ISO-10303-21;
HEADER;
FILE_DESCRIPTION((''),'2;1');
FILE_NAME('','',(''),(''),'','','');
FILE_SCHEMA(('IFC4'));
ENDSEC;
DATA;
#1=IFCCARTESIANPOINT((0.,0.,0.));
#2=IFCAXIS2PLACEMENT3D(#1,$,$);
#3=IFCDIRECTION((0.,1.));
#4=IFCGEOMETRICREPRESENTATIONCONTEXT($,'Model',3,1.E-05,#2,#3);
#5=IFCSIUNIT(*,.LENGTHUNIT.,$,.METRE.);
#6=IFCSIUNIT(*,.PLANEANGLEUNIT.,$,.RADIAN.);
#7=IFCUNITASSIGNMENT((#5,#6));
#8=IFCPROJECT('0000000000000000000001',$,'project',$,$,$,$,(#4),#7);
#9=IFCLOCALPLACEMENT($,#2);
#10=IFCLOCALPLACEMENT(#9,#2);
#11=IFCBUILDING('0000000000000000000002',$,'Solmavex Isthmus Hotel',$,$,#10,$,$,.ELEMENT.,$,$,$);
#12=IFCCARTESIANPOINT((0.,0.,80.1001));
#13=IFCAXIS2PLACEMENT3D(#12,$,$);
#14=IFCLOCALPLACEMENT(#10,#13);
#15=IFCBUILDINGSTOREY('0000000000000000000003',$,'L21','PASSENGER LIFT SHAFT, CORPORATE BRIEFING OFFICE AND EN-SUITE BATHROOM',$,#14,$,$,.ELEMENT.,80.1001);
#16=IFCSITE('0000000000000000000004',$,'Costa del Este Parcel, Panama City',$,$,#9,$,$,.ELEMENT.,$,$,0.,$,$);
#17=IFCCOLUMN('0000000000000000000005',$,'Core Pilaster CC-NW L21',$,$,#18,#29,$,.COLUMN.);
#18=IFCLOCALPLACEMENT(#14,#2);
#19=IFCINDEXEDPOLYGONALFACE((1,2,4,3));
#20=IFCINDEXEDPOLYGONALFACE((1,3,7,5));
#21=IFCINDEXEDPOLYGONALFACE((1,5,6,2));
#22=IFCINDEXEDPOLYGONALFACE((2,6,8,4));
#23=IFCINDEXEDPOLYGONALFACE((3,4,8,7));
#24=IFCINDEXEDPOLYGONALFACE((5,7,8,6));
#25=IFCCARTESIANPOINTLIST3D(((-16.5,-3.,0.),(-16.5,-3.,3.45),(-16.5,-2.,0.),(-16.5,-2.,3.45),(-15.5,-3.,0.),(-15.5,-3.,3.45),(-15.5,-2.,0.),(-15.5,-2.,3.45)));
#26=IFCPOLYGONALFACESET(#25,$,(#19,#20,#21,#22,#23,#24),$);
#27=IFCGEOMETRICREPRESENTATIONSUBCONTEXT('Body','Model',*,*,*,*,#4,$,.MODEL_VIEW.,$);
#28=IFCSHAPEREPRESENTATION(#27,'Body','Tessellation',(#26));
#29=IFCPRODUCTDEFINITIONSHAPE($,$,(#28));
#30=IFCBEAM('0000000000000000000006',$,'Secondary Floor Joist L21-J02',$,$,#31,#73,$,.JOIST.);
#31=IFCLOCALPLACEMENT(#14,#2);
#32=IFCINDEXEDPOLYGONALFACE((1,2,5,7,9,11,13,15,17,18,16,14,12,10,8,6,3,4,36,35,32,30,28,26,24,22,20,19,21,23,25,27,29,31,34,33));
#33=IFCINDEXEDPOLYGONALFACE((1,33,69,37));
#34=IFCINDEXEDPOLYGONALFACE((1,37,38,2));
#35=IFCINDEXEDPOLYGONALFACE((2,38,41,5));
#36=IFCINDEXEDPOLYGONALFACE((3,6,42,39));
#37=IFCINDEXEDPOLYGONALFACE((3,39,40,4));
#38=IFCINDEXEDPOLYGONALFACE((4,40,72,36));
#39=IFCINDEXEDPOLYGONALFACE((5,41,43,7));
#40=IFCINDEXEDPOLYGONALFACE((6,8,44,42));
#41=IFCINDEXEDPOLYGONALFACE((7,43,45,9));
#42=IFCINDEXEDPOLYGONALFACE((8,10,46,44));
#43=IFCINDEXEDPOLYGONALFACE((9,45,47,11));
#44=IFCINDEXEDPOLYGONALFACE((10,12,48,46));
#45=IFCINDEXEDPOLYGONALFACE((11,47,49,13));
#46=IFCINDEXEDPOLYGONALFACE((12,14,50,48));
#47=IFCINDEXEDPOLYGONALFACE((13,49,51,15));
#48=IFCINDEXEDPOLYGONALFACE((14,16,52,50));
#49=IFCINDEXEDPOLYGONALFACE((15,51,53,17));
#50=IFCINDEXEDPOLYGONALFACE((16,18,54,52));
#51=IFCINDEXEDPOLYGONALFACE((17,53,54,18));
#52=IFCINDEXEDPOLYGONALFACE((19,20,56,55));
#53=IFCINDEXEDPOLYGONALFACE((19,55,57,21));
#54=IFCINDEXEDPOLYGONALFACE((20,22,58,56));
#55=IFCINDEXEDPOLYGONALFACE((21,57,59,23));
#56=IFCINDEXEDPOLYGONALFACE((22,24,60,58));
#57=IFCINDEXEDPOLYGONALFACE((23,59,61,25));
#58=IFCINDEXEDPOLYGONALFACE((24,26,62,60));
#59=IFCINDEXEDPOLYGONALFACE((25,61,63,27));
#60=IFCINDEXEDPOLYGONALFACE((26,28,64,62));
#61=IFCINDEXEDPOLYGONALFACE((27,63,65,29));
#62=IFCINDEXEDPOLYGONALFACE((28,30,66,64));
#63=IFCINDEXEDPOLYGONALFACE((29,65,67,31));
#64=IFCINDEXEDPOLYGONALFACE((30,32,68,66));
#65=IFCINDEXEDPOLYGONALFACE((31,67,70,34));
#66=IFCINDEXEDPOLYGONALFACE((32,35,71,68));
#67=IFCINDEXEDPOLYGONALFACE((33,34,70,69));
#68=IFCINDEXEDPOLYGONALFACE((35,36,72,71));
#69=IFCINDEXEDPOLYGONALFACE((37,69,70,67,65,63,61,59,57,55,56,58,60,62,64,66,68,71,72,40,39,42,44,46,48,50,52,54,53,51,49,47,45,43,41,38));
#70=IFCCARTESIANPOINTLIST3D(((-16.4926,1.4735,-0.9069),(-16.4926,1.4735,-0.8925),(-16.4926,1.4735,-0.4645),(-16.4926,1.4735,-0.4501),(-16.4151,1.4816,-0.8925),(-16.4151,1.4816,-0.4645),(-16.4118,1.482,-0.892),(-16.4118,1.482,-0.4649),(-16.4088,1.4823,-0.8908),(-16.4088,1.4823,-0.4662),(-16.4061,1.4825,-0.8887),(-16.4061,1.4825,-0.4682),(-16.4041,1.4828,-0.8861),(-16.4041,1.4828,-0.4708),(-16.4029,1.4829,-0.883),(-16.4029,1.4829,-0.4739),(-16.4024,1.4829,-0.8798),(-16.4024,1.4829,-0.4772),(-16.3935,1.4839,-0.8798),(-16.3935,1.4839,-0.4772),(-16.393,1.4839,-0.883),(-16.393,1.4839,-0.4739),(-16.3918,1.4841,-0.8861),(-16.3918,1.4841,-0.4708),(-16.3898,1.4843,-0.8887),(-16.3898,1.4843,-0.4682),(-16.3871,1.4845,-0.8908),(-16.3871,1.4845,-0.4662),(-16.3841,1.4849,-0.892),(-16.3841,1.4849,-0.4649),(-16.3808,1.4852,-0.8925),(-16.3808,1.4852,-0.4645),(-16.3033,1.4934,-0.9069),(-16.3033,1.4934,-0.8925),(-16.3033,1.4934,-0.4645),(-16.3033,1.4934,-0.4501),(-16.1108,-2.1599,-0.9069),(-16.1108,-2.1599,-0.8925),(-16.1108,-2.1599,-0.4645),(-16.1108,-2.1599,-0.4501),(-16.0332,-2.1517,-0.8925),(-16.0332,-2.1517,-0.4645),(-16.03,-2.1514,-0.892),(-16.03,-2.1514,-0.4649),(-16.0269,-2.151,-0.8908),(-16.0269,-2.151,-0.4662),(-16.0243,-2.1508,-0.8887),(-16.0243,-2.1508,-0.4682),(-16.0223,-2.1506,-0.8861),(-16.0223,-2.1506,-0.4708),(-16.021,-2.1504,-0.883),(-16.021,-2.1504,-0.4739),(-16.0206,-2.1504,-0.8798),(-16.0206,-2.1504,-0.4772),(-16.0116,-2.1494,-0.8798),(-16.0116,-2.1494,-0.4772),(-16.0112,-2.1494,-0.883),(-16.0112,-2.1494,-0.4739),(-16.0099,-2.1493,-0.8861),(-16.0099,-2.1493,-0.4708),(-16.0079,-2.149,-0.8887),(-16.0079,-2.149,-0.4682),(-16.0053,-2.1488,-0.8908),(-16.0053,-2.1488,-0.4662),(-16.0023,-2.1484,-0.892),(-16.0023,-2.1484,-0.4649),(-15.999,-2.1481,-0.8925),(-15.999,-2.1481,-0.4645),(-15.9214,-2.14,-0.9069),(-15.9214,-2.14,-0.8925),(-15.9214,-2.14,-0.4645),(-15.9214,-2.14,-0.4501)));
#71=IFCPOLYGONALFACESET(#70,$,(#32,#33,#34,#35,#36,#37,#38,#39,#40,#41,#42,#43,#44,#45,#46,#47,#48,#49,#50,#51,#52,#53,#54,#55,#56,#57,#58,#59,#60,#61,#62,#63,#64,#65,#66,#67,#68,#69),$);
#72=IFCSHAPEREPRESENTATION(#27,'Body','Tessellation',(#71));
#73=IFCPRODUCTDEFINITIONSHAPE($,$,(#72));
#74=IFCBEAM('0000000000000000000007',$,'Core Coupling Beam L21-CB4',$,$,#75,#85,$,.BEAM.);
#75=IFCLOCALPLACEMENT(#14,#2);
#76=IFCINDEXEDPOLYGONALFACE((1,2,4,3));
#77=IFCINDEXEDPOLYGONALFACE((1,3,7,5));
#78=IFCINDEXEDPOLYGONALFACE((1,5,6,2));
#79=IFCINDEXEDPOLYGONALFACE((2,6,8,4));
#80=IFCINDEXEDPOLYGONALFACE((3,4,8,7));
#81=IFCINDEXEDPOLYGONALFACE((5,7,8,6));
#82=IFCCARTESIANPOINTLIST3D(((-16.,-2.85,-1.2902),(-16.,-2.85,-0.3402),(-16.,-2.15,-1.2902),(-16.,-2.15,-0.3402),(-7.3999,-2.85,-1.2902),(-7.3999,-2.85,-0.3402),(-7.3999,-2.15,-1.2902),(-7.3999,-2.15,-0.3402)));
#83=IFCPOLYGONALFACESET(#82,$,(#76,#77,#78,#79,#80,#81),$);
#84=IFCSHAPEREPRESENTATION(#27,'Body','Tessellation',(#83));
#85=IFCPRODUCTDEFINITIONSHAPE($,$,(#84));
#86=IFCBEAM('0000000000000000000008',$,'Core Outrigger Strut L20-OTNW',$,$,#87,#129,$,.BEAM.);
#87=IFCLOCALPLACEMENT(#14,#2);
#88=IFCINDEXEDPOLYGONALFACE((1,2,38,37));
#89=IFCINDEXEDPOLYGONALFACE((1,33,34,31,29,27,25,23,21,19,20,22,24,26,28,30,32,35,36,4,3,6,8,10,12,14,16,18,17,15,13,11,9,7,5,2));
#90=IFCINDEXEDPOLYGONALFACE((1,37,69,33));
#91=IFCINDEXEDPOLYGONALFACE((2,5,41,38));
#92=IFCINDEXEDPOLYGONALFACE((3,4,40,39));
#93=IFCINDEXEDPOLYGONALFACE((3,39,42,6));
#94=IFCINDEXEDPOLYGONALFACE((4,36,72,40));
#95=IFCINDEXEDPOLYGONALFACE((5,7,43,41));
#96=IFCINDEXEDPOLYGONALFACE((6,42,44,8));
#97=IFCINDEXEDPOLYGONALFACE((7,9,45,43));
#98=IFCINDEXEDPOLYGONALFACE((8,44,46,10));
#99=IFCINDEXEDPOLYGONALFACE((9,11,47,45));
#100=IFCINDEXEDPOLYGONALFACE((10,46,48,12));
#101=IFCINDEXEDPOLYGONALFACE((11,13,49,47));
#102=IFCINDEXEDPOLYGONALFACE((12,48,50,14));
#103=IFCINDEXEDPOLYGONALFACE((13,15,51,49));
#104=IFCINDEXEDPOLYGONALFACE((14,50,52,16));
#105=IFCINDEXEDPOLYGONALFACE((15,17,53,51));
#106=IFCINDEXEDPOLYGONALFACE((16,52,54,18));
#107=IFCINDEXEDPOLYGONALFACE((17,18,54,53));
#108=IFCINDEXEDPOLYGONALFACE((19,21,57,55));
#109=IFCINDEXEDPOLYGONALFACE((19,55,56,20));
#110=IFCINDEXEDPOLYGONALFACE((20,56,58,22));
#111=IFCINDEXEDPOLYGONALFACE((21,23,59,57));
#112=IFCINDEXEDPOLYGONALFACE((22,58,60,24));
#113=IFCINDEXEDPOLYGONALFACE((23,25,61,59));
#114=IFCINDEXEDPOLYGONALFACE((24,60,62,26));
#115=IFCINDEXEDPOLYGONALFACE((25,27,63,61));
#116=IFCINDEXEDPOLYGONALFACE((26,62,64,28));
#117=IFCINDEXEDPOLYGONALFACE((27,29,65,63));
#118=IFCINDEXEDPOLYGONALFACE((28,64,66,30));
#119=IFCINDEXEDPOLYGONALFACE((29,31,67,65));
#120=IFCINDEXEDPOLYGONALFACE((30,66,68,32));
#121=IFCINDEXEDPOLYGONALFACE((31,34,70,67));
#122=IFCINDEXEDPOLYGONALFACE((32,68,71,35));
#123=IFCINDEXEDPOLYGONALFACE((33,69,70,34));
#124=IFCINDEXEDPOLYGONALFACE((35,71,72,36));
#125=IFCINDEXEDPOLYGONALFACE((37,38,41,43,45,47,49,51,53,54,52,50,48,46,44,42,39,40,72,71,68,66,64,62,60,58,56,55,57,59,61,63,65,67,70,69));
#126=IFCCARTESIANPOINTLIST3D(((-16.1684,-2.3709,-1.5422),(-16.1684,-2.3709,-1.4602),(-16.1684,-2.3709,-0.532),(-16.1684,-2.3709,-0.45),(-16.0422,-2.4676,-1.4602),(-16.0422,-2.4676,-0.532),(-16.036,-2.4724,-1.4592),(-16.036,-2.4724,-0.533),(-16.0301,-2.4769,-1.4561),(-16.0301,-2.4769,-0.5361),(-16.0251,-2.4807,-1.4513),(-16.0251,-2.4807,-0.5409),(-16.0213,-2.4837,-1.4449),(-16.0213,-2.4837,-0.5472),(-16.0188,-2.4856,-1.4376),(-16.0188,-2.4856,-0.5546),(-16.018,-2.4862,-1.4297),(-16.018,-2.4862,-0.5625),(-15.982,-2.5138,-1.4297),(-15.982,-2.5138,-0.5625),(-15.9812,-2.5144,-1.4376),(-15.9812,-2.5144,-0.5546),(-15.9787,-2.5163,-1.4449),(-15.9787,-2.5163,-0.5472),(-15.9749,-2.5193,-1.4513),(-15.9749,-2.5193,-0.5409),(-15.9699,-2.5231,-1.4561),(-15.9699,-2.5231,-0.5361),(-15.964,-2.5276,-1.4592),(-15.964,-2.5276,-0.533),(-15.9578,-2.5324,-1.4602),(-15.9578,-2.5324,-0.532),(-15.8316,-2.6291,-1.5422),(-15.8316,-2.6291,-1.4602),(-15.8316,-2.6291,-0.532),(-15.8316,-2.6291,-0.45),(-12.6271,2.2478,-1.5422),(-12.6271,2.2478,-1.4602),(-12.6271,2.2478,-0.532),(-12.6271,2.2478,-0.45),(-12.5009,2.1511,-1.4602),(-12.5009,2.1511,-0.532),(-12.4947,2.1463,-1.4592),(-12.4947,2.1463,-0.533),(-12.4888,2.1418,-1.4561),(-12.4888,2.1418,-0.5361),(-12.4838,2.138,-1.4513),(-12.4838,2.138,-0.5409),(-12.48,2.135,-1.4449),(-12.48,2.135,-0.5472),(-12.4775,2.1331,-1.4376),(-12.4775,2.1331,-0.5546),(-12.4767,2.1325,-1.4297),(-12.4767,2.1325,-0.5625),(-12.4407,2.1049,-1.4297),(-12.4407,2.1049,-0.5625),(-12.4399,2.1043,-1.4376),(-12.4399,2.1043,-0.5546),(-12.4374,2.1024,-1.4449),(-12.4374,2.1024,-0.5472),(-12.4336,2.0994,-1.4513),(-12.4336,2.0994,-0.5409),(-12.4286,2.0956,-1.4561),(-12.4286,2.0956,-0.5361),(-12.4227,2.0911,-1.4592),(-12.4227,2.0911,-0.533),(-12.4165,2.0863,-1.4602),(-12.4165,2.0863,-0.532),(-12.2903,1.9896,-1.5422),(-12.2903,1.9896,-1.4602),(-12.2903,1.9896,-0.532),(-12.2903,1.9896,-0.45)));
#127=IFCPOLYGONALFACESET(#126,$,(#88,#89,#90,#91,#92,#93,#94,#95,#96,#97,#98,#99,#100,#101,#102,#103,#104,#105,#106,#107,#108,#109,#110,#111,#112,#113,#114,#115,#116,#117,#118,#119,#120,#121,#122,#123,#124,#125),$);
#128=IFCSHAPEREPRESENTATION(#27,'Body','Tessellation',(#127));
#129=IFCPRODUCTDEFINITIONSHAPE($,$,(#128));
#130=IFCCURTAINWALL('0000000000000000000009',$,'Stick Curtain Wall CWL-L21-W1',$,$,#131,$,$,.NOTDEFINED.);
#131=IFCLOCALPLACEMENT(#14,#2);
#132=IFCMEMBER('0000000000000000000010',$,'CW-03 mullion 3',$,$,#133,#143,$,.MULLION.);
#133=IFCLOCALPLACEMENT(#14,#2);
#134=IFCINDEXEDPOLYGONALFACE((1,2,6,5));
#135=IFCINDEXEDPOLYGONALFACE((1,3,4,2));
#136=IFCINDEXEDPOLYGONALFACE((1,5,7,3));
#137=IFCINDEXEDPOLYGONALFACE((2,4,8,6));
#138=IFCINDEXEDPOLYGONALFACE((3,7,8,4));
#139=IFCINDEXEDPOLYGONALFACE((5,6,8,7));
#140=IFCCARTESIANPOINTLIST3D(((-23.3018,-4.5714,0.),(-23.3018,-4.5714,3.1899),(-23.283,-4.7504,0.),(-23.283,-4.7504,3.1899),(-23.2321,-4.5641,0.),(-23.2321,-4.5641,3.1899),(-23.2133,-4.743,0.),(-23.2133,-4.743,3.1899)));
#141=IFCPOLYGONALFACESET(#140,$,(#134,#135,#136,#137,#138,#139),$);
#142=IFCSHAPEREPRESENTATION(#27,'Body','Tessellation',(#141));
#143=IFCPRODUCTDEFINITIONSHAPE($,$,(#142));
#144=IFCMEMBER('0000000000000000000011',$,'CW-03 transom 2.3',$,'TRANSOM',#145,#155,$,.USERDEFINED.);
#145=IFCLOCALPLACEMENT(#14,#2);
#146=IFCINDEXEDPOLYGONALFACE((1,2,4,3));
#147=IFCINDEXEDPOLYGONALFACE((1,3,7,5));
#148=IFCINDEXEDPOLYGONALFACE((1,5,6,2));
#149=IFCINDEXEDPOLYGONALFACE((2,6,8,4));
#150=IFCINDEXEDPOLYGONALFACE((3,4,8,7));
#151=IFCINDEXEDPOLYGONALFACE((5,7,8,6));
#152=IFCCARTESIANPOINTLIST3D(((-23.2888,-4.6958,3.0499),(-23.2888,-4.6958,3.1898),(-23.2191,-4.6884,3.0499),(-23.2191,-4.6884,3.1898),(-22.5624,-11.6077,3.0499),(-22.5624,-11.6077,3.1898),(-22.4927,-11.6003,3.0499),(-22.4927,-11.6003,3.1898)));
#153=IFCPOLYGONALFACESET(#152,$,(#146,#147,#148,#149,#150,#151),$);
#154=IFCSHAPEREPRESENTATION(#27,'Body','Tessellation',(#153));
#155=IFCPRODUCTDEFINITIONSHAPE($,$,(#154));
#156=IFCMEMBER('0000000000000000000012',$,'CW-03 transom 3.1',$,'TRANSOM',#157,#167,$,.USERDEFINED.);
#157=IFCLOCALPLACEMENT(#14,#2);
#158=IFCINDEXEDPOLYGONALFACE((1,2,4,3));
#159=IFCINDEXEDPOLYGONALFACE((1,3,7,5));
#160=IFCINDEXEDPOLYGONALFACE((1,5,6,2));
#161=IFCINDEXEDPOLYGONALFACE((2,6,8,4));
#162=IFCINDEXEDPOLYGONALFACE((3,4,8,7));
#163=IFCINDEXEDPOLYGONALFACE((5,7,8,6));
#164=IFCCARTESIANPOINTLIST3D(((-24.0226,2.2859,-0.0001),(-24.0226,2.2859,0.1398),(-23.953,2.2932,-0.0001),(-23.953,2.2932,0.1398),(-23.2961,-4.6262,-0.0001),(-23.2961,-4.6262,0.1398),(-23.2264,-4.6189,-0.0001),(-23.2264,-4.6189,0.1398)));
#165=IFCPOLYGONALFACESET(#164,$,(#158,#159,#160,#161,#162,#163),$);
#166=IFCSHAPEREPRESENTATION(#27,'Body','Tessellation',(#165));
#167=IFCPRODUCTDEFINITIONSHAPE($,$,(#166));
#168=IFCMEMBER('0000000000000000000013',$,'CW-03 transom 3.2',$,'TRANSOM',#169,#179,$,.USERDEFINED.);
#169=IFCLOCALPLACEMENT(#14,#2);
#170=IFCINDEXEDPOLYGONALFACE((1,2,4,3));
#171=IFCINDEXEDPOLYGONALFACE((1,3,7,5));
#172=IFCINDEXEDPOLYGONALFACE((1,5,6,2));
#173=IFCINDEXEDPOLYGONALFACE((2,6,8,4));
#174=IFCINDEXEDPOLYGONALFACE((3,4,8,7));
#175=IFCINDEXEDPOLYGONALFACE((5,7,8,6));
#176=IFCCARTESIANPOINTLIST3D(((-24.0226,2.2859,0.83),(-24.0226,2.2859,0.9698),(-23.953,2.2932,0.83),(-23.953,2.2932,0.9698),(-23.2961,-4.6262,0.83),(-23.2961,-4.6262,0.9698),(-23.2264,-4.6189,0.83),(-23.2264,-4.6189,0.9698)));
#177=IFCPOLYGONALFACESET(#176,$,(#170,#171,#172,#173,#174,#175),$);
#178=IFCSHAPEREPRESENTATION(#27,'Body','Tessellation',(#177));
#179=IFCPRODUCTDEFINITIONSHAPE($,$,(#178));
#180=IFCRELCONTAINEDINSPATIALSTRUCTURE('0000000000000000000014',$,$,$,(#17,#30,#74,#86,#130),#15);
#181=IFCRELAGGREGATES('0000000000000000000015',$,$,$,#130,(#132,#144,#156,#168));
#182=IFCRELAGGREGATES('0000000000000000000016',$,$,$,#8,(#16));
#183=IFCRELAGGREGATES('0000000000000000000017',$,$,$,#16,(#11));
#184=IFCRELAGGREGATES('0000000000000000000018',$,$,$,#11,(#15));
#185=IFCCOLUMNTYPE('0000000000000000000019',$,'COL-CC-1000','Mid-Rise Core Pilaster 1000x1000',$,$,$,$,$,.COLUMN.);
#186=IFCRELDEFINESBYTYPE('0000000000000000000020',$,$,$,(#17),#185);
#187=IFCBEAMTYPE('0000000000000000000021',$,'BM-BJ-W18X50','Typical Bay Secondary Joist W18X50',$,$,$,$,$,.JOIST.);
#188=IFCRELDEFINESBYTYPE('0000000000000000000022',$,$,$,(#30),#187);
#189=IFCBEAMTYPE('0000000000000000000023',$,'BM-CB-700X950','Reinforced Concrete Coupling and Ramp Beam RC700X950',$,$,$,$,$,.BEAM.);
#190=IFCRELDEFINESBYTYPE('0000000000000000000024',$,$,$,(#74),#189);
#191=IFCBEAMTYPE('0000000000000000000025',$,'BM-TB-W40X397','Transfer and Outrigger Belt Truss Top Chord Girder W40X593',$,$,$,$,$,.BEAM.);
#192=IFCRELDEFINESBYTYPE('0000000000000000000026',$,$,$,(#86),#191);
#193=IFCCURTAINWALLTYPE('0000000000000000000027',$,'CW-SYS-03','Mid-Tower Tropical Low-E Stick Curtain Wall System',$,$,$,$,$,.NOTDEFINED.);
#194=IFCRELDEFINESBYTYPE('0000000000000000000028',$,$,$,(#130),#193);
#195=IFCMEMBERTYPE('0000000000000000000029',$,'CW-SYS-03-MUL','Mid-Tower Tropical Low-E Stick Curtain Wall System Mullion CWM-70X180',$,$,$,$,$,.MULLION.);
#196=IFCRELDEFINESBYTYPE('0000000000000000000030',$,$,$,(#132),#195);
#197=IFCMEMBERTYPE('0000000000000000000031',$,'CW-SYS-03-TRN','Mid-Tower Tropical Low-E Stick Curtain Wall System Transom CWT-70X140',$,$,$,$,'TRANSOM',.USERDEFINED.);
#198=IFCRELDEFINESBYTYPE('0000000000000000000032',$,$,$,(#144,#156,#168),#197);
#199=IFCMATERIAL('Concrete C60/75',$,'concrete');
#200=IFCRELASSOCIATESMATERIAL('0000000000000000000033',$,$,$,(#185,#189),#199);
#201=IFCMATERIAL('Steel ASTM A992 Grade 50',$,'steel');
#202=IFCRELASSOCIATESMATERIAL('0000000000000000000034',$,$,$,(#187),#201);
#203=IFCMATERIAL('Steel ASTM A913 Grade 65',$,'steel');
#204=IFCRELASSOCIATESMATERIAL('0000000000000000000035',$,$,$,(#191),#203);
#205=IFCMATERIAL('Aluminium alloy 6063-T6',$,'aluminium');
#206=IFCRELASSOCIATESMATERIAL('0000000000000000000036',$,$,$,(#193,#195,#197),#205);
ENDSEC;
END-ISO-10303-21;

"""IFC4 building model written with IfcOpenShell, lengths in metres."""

from ifc_helpers import new_model, si_unit, direction, frame, origin, origin_2d, place, context, subcontext, project, spatial, rectangle, i_section, extrude, material, material_profile, profile_set, type_object, element, aggregate, save


model = new_model("IFC4")

# Units and contexts
model_context = context("Model", 3, precision=1e-05, world=origin(), true_north=direction((0.0, 1.0)))
body_context = subcontext(model_context, "Body", "Model", "MODEL_VIEW")
ifc_project = project(units=[si_unit("LENGTHUNIT", "METRE"), si_unit("PLANEANGLEUNIT", "RADIAN")], contexts=[model_context])

# Site, building, storey
site_placement = place(None, origin())
site = spatial("IfcSite", under=ifc_project, at=site_placement, Name="Costa del Este Parcel, Panama City", CompositionType="ELEMENT", RefElevation=0.0)
building_placement = place(site_placement, origin())
building = spatial("IfcBuilding", under=site, at=building_placement, Name="Solmavex Isthmus Hotel", CompositionType="ELEMENT")
storey_placement = place(building_placement, frame((0.0, 0.0, 80.1001)))
storey = spatial("IfcBuildingStorey", under=building, at=storey_placement, Name="L21", Description="PASSENGER LIFT SHAFT, CORPORATE BRIEFING OFFICE AND EN-SUITE BATHROOM", CompositionType="ELEMENT", Elevation=80.1001)

# Column
ifc_material_1 = material(Name="Concrete C60/75", Category="concrete")
ifc_material_profile_1 = material_profile(ifc_material_1, rectangle(XDim=1.0, YDim=1.0, at=origin_2d()), Name="RC1000X1000")
ifc_profile_set_1 = profile_set([ifc_material_profile_1], Name="Concrete C60/75")
column_type = type_object("IfcColumnType", Name="COL-CC-1000", Description="Mid-Rise Core Pilaster 1000x1000", PredefinedType="COLUMN", material=ifc_profile_set_1)
column_placement = place(storey_placement, frame((-16.0, -2.5, 0.0), z_axis=(0.0, 0.0, 1.0), x_axis=(1.0, 0.0, 0.0)))
element("IfcColumn", 1, at=column_placement, inside=storey, type_object=column_type, Name="Core Pilaster CC-NW L21", PredefinedType="COLUMN", context=body_context, shape_type="SweptSolid", body=[
    extrude(rectangle(XDim=1.0, YDim=1.0, at=origin_2d()), origin(), (0.0, 0.0, 1.0), 3.45),
])

# Beams
ifc_material_2 = material(Name="Steel ASTM A992 Grade 50", Category="steel")
ifc_material_profile_2 = material_profile(ifc_material_2, i_section(OverallWidth=0.1904, OverallDepth=0.4568, WebThickness=0.009, FlangeThickness=0.0144, FilletRadius=0.0127, at=origin_2d()), Name="W18X50")
ifc_profile_set_2 = profile_set([ifc_material_profile_2], Name="Steel ASTM A992 Grade 50")
beam_type_1 = type_object("IfcBeamType", Name="BM-BJ-W18X50", Description="Typical Bay Secondary Joist W18X50", PredefinedType="JOIST", material=ifc_profile_set_2)
beam_1_placement = place(storey_placement, frame((-16.0161, -2.1499, -0.6785), z_axis=(-0.104518, 0.994523, 0.0), x_axis=(-0.994523, -0.104518, 0.0)))
element("IfcBeam", 2, at=beam_1_placement, inside=storey, type_object=beam_type_1, Name="Secondary Floor Joist L21-J02", PredefinedType="JOIST", context=body_context, shape_type="SweptSolid", body=[
    extrude(i_section(OverallWidth=0.1904, OverallDepth=0.4568, WebThickness=0.009, FlangeThickness=0.0144, FilletRadius=0.0127, at=origin_2d()), origin(), (0.0, 0.0, 1.0), 3.6533),
])
ifc_material_profile_3 = material_profile(ifc_material_1, rectangle(XDim=0.7, YDim=0.95, at=origin_2d()), Name="RC700X950")
ifc_profile_set_3 = profile_set([ifc_material_profile_3], Name="Concrete C60/75")
beam_type_2 = type_object("IfcBeamType", Name="BM-CB-700X950", Description="Reinforced Concrete Coupling and Ramp Beam RC700X950", PredefinedType="BEAM", material=ifc_profile_set_3)
beam_2_placement = place(storey_placement, frame((-16.0, -2.5, -0.8152), z_axis=(1.0, 0.0, 0.0), x_axis=(0.0, 1.0, 0.0)))
element("IfcBeam", 3, at=beam_2_placement, inside=storey, type_object=beam_type_2, Name="Core Coupling Beam L21-CB4", PredefinedType="BEAM", context=body_context, shape_type="SweptSolid", body=[
    extrude(rectangle(XDim=0.7, YDim=0.95, at=origin_2d()), origin(), (0.0, 0.0, 1.0), 8.6001),
])
ifc_material_3 = material(Name="Steel ASTM A913 Grade 65", Category="steel")
ifc_material_profile_4 = material_profile(ifc_material_3, i_section(OverallWidth=0.4243, OverallDepth=1.0923, WebThickness=0.0454, FlangeThickness=0.082, FilletRadius=0.0305, at=origin_2d()), Name="W40X593")
ifc_profile_set_4 = profile_set([ifc_material_profile_4], Name="Steel ASTM A913 Grade 65")
beam_type_3 = type_object("IfcBeamType", Name="BM-TB-W40X397", Description="Transfer and Outrigger Belt Truss Top Chord Girder W40X593", PredefinedType="BEAM", material=ifc_profile_set_4)
beam_3_placement = place(storey_placement, frame((-16.0, -2.5, -0.9961), z_axis=(0.608463, 0.793582, 0.0), x_axis=(-0.793582, 0.608463, 0.0)))
element("IfcBeam", 4, at=beam_3_placement, inside=storey, type_object=beam_type_3, Name="Core Outrigger Strut L20-OTNW", PredefinedType="BEAM", context=body_context, shape_type="SweptSolid", body=[
    extrude(i_section(OverallWidth=0.4243, OverallDepth=1.0923, WebThickness=0.0454, FlangeThickness=0.082, FilletRadius=0.0305, at=origin_2d()), origin(), (0.0, 0.0, 1.0), 5.8201),
])

# Curtain wall, members
ifc_material_4 = material(Name="Aluminium alloy 6063-T6", Category="aluminium")
curtain_wall_type = type_object("IfcCurtainWallType", Name="CW-SYS-03", Description="Mid-Tower Tropical Low-E Stick Curtain Wall System", PredefinedType="NOTDEFINED", material=ifc_material_4)
curtain_wall_placement = place(storey_placement, origin())
curtain_wall = element("IfcCurtainWall", 5, at=curtain_wall_placement, inside=storey, type_object=curtain_wall_type, Name="Stick Curtain Wall CWL-L21-W1", PredefinedType="NOTDEFINED")
ifc_material_profile_5 = material_profile(ifc_material_4, rectangle(XDim=0.0701, YDim=0.1799, at=origin_2d()), Name="CWM-70X180")
ifc_profile_set_5 = profile_set([ifc_material_profile_5], Name="Aluminium alloy 6063-T6")
member_type_1 = type_object("IfcMemberType", Name="CW-SYS-03-MUL", Description="Mid-Tower Tropical Low-E Stick Curtain Wall System Mullion CWM-70X180", PredefinedType="MULLION", material=ifc_profile_set_5)
member_1_placement = place(storey_placement, frame((-23.2576, -4.6572, 0.0), z_axis=(0.0, 0.0, 1.0), x_axis=(-0.994522, -0.104528, 0.0)))
member_1 = element("IfcMember", 6, at=member_1_placement, type_object=member_type_1, Name="CW-03 mullion 3", PredefinedType="MULLION", context=body_context, shape_type="SweptSolid", body=[
    extrude(rectangle(XDim=0.0701, YDim=0.1799, at=origin_2d()), origin(), (0.0, 0.0, 1.0), 3.1899),
])
ifc_material_profile_6 = material_profile(ifc_material_4, rectangle(XDim=0.0701, YDim=0.1399, at=origin_2d()), Name="CWT-70X140")
ifc_profile_set_6 = profile_set([ifc_material_profile_6], Name="Aluminium alloy 6063-T6")
member_type_2 = type_object("IfcMemberType", Name="CW-SYS-03-TRN", Description="Mid-Tower Tropical Low-E Stick Curtain Wall System Transom CWT-70X140", ElementType="TRANSOM", PredefinedType="USERDEFINED", material=ifc_profile_set_6)
member_2_placement = place(storey_placement, frame((-22.5276, -11.604, 3.1199), z_axis=(-0.104507, 0.994524, 0.0), x_axis=(-0.994524, -0.104507, 0.0)))
member_2 = element("IfcMember", 7, at=member_2_placement, type_object=member_type_2, Name="CW-03 transom 2.3", ObjectType="TRANSOM", PredefinedType="USERDEFINED", context=body_context, shape_type="SweptSolid", body=[
    extrude(rectangle(XDim=0.0701, YDim=0.1399, at=origin_2d()), origin(), (0.0, 0.0, 1.0), 6.95),
])
member_3_placement = place(storey_placement, frame((-23.2612, -4.6226, 0.0698), z_axis=(-0.104539, 0.994521, 0.0), x_axis=(-0.994521, -0.104539, 0.0)))
member_3 = element("IfcMember", 8, at=member_3_placement, type_object=member_type_2, Name="CW-03 transom 3.1", ObjectType="TRANSOM", PredefinedType="USERDEFINED", context=body_context, shape_type="SweptSolid", body=[
    extrude(rectangle(XDim=0.0701, YDim=0.1399, at=origin_2d()), origin(), (0.0, 0.0, 1.0), 6.9502),
])
member_4_placement = place(storey_placement, frame((-23.2612, -4.6226, 0.8999), z_axis=(-0.104539, 0.994521, 0.0), x_axis=(-0.994521, -0.104539, 0.0)))
member_4 = element("IfcMember", 9, at=member_4_placement, type_object=member_type_2, Name="CW-03 transom 3.2", ObjectType="TRANSOM", PredefinedType="USERDEFINED", context=body_context, shape_type="SweptSolid", body=[
    extrude(rectangle(XDim=0.0701, YDim=0.1399, at=origin_2d()), origin(), (0.0, 0.0, 1.0), 6.9502),
])
aggregate(curtain_wall, [member_1, member_2, member_3, member_4])

save(model, "model.ifc")
